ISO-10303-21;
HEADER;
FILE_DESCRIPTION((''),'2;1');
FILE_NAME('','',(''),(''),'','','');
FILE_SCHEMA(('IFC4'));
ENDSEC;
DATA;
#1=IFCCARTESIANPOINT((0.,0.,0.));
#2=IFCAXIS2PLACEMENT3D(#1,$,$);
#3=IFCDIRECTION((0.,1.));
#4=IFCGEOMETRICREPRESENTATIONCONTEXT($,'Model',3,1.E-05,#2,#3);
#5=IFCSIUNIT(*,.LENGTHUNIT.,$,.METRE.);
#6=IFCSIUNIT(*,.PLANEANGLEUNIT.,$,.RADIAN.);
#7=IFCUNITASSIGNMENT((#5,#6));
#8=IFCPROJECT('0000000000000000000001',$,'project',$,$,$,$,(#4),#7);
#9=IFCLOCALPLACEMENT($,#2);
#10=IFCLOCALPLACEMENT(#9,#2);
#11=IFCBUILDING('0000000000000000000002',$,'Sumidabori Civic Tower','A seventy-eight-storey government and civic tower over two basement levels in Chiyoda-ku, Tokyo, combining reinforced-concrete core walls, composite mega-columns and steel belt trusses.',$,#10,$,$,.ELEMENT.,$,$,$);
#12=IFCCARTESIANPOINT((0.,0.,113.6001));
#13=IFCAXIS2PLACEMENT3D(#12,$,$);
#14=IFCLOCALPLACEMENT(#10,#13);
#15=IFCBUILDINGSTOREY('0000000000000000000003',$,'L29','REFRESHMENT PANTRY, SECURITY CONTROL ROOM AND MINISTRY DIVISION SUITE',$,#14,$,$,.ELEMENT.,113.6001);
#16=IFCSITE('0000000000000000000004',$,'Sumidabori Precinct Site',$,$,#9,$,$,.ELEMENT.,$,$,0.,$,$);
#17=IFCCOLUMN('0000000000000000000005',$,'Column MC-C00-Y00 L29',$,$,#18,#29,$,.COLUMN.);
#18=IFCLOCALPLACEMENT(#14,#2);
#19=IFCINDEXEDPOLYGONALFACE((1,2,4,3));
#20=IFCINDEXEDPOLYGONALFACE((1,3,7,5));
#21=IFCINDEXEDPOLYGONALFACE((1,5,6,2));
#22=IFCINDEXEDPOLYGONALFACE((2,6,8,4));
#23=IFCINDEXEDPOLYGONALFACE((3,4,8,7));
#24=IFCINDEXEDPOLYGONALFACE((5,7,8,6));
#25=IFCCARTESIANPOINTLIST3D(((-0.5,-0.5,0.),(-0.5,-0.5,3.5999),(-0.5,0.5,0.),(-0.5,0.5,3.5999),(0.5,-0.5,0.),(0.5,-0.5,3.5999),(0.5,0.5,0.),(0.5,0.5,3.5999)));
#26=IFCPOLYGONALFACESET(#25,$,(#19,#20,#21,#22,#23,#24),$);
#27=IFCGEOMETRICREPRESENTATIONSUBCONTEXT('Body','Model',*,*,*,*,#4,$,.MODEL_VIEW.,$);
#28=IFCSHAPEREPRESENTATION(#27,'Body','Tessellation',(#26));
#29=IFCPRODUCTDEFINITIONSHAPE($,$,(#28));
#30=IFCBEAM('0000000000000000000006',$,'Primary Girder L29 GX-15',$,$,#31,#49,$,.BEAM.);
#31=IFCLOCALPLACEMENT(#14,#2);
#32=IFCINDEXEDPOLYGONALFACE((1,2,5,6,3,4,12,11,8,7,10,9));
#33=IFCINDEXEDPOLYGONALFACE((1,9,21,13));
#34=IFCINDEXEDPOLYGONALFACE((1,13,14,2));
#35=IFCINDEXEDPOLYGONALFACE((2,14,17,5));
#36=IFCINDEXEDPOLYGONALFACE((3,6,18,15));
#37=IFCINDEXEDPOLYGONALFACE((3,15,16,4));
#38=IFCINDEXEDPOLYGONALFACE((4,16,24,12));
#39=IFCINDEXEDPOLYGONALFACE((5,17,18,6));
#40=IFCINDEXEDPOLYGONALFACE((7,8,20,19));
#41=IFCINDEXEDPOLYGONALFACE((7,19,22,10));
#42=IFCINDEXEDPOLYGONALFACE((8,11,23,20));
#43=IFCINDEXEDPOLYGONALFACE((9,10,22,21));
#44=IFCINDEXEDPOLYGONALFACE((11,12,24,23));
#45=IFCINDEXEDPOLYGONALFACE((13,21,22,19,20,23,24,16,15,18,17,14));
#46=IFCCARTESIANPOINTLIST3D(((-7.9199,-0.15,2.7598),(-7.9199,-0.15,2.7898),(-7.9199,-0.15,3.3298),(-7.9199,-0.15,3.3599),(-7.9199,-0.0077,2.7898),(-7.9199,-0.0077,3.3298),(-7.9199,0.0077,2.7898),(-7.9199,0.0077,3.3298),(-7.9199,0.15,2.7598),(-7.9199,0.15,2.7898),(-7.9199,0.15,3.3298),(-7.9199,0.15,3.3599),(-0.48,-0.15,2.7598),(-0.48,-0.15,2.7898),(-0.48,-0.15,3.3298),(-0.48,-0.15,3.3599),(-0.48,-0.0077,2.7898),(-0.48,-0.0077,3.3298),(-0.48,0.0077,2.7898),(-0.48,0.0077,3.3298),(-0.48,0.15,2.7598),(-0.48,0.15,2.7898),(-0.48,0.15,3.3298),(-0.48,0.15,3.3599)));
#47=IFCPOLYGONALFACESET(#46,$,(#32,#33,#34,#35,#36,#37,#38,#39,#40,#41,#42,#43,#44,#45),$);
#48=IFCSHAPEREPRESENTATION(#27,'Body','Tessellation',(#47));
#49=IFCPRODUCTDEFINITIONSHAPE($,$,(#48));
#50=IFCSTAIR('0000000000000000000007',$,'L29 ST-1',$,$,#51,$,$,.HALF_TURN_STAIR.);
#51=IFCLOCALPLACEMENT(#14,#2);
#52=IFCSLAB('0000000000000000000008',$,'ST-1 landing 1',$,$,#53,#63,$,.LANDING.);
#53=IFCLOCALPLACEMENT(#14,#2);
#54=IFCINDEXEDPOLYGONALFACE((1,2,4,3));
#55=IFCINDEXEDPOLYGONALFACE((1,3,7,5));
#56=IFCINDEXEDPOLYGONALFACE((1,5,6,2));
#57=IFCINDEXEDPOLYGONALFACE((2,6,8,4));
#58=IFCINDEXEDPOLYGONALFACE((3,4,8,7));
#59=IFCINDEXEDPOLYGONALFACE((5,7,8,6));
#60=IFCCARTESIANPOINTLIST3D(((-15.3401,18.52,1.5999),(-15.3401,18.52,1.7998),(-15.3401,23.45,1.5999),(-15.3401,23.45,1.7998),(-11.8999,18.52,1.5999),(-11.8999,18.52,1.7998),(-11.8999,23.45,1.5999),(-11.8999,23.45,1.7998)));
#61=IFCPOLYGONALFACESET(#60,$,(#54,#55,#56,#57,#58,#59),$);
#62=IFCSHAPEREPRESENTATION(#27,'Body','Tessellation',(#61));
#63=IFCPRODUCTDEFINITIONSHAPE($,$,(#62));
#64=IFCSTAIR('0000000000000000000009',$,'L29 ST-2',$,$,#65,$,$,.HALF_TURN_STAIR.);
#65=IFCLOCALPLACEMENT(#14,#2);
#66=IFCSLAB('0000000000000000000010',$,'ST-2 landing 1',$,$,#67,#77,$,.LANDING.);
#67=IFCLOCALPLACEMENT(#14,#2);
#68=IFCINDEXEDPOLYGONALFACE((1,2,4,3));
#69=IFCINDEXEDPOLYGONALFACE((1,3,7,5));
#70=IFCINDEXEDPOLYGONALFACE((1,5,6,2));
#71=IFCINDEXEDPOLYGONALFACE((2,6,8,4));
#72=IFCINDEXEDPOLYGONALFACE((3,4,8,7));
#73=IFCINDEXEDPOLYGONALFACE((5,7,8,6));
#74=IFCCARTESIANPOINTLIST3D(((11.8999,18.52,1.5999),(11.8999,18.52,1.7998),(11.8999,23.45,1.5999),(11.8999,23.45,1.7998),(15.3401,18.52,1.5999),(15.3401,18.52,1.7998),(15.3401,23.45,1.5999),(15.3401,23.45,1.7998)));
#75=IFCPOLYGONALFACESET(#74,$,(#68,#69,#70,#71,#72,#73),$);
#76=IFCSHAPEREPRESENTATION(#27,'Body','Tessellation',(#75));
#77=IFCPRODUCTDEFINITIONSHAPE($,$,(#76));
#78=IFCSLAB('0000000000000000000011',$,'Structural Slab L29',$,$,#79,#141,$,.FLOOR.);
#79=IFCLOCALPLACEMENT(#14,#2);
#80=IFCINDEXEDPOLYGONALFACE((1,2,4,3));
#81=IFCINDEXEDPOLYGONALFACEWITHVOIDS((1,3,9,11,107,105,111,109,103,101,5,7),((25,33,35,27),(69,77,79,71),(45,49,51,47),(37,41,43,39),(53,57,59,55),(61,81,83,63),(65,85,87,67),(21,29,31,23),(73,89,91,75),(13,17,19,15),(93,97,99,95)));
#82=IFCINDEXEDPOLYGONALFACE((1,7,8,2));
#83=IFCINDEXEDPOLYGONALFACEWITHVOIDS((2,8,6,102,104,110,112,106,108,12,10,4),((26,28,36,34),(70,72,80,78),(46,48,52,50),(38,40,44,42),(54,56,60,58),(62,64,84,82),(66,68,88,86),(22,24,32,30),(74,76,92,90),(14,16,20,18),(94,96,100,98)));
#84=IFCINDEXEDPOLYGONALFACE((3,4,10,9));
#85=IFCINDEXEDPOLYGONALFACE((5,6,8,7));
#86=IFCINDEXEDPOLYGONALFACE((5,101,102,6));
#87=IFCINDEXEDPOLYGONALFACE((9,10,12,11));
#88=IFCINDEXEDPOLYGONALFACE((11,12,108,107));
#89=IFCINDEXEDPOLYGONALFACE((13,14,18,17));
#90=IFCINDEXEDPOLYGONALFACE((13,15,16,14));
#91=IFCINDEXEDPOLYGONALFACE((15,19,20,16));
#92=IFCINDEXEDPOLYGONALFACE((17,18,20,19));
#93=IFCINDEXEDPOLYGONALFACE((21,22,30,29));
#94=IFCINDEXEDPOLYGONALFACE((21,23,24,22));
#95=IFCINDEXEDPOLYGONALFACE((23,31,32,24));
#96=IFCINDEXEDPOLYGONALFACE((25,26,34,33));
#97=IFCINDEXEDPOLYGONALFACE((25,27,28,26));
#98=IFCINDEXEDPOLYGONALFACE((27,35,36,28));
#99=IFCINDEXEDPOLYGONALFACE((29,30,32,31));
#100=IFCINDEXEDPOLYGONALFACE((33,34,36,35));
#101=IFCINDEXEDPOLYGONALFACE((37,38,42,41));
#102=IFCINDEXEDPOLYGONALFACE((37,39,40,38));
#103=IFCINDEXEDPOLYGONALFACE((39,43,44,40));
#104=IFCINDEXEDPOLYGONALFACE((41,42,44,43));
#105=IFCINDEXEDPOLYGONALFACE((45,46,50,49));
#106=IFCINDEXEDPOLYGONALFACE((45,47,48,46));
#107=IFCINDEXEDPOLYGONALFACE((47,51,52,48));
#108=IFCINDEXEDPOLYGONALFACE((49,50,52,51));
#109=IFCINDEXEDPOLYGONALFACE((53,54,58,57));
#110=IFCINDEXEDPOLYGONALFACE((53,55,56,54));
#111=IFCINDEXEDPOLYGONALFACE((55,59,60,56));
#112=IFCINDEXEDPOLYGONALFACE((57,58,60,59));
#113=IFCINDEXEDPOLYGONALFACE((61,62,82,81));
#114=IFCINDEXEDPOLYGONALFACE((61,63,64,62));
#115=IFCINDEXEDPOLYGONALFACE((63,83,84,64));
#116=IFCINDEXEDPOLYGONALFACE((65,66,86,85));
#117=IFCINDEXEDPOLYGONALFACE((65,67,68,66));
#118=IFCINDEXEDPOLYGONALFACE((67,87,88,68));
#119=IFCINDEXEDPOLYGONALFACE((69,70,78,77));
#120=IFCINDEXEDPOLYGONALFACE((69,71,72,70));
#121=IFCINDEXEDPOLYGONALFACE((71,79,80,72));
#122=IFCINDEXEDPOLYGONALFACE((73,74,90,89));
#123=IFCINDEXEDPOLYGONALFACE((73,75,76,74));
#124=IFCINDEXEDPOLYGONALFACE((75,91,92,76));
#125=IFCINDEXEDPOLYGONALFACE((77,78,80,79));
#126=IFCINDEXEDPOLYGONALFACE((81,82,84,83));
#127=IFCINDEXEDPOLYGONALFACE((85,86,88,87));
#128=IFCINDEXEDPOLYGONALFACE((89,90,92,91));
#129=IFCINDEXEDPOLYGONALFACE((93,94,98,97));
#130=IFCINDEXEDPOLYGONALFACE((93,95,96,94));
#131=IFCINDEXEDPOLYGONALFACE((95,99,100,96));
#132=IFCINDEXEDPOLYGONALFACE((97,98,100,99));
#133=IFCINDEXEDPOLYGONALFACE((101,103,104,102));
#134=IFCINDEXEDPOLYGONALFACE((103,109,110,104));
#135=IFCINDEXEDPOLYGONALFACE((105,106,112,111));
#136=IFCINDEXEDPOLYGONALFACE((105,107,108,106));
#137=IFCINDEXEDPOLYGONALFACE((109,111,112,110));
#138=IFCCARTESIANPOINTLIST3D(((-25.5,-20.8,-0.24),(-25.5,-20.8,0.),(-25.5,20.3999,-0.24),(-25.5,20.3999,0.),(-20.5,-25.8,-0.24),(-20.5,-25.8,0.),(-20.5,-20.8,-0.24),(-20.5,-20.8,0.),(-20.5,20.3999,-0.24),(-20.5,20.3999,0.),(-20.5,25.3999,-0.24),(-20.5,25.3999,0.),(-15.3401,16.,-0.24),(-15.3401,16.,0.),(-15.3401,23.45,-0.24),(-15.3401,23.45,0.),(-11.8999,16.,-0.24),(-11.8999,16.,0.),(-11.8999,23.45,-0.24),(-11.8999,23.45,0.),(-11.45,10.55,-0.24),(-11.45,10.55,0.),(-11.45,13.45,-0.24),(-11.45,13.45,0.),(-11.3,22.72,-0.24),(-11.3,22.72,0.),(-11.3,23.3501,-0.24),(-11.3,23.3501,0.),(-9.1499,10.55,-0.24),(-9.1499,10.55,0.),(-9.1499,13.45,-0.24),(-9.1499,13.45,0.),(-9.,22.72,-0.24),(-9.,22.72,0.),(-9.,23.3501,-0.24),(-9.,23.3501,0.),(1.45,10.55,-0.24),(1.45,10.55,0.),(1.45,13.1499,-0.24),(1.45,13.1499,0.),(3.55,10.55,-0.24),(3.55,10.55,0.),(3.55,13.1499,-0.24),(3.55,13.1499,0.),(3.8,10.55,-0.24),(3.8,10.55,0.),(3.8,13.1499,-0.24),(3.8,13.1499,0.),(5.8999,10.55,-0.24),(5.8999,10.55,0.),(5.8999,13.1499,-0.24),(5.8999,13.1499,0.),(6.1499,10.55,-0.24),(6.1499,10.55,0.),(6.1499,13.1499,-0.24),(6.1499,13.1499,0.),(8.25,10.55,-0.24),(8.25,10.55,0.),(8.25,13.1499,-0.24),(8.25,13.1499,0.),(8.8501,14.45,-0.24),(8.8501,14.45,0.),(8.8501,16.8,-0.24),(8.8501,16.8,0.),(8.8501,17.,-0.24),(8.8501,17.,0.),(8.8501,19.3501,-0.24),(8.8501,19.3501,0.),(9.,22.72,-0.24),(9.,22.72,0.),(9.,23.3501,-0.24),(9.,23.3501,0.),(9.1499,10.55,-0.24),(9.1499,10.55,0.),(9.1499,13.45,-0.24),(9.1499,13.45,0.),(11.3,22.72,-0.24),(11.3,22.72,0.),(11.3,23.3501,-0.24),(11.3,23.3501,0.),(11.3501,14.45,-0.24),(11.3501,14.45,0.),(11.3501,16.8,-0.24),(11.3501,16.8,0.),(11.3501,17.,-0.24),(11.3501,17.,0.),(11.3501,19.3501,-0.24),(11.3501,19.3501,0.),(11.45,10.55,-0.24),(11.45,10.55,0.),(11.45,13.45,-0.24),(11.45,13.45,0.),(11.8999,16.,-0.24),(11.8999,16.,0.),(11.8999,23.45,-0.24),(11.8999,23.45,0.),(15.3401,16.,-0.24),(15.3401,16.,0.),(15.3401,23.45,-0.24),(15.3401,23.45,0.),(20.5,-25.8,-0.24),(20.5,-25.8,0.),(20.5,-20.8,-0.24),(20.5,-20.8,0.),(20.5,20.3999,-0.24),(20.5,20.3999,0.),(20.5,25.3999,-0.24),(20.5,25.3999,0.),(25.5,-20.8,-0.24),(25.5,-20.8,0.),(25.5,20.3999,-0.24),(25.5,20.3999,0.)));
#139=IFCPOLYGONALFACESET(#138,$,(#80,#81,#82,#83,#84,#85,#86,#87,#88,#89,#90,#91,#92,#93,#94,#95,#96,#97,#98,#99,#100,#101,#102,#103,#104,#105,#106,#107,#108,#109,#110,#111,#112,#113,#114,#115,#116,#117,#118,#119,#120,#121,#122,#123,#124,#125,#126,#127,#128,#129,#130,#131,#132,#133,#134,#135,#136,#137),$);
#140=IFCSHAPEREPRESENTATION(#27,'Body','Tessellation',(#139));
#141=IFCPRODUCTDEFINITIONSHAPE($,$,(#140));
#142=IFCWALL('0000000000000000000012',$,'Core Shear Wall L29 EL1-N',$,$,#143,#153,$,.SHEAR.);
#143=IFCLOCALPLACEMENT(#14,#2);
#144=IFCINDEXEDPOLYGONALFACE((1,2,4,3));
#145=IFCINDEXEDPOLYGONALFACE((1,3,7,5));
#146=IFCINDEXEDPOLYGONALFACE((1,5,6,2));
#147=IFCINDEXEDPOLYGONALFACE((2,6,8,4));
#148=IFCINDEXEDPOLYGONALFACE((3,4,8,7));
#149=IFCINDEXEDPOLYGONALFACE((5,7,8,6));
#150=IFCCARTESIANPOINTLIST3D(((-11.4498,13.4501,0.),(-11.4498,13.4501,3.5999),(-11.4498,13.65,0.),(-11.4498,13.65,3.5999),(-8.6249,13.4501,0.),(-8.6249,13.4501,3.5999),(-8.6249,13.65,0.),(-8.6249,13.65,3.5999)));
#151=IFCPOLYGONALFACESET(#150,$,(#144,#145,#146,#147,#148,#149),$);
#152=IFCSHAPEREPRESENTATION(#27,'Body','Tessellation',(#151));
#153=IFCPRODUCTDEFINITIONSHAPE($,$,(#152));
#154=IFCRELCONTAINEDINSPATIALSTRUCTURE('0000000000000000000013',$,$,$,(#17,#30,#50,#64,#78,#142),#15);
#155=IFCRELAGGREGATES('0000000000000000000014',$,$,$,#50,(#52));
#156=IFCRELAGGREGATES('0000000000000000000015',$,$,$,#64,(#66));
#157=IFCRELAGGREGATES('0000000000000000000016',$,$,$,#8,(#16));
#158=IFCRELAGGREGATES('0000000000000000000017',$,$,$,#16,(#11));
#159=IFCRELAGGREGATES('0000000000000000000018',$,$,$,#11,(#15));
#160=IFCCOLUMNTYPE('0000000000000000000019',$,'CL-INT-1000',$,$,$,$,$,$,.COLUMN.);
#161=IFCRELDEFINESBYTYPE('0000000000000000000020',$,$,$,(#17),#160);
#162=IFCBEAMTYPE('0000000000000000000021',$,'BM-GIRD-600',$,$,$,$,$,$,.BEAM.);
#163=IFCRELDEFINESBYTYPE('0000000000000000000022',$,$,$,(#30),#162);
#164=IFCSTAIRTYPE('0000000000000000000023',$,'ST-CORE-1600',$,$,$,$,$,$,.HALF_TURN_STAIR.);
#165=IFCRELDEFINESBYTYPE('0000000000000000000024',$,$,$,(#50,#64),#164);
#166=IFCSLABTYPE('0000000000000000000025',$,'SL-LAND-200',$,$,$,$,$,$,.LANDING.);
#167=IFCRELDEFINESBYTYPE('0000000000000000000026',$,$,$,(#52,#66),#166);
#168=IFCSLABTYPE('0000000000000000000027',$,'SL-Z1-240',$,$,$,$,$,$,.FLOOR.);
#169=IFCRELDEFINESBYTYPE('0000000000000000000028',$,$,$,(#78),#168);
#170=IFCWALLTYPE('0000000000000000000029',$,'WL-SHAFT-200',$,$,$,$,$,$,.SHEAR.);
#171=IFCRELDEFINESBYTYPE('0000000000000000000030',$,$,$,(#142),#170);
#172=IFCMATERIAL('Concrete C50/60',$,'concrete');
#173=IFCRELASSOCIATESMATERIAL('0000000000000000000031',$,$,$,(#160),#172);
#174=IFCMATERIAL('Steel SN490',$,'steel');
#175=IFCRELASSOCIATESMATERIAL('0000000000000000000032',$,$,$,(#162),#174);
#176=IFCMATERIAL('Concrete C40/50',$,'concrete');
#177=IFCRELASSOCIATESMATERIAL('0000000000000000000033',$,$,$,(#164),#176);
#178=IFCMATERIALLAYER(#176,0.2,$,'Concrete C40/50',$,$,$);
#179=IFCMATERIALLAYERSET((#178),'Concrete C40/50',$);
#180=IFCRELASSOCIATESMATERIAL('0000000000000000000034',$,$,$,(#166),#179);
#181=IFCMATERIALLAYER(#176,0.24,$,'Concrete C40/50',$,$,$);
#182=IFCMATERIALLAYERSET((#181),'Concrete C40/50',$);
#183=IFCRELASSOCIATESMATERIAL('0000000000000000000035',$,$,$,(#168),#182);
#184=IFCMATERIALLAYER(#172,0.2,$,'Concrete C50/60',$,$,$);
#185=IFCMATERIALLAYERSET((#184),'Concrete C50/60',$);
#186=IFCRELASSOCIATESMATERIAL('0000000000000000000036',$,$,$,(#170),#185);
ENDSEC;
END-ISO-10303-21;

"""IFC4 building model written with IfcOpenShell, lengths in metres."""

from ifc_helpers import new_model, si_unit, direction, frame, frame_2d, origin, origin_with_axes, origin_2d, place, context, subcontext, project, spatial, polyline, rectangle, i_section, outline, extrude, source, transform, mapped, material, layer, layer_set, material_profile, profile_set, type_object, element, aggregate, save


model = new_model("IFC4")

# Units and contexts
model_context = context("Model", 3, precision=1e-05, world=origin(), true_north=direction((0.0, 1.0)))
body_context = subcontext(model_context, "Body", "Model", "MODEL_VIEW")
ifc_project = project(units=[si_unit("LENGTHUNIT", "METRE"), si_unit("PLANEANGLEUNIT", "RADIAN")], contexts=[model_context])

# Site, building, storey
site_placement = place(None, origin())
site = spatial("IfcSite", under=ifc_project, at=site_placement, Name="Sumidabori Precinct Site", CompositionType="ELEMENT", RefElevation=0.0)
building_placement = place(site_placement, origin())
building = spatial("IfcBuilding", under=site, at=building_placement, Name="Sumidabori Civic Tower", Description="A seventy-eight-storey government and civic tower over two basement levels in Chiyoda-ku, Tokyo, combining reinforced-concrete core walls, composite mega-columns and steel belt trusses.", CompositionType="ELEMENT")
storey_placement = place(building_placement, frame((0.0, 0.0, 113.6001)))
storey = spatial("IfcBuildingStorey", under=building, at=storey_placement, Name="L29", Description="REFRESHMENT PANTRY, SECURITY CONTROL ROOM AND MINISTRY DIVISION SUITE", CompositionType="ELEMENT", Elevation=113.6001)

# Column
ifc_material_1 = material(Name="Concrete C50/60", Category="concrete")
ifc_material_profile_1 = material_profile(ifc_material_1, rectangle(XDim=1.0, YDim=1.0, at=origin_2d()), Name="RC 1000x1000")
ifc_profile_set_1 = profile_set([ifc_material_profile_1], Name="Concrete C50/60")
column_type = type_object("IfcColumnType", Name="CL-INT-1000", PredefinedType="COLUMN", material=ifc_profile_set_1)
shared_shape_1 = source(origin(), body_context, "Body", "SweptSolid", [
    extrude(rectangle(XDim=1.0, YDim=1.0, at=origin_2d()), origin(), (0.0, 0.0, 1.0), 3.5999),
])
column_placement = place(storey_placement, origin_with_axes())
element("IfcColumn", 1, at=column_placement, inside=storey, type_object=column_type, Name="Column MC-C00-Y00 L29", PredefinedType="COLUMN", context=body_context, shape_type="MappedRepresentation", body=[
    mapped(shared_shape_1, transform((0.0, 0.0, 0.0), x_axis=(1.0, 0.0, 0.0), y_axis=(0.0, 1.0, 0.0), z_axis=(0.0, 0.0, 1.0), scale=1.0)),
])

# Beam
ifc_material_2 = material(Name="Steel SN490", Category="steel")
ifc_material_profile_2 = material_profile(ifc_material_2, i_section(OverallWidth=0.3, OverallDepth=0.6001, WebThickness=0.0154, FlangeThickness=0.03, at=origin_2d()), Name="HE 600 B")
ifc_profile_set_2 = profile_set([ifc_material_profile_2], Name="Steel SN490")
beam_type = type_object("IfcBeamType", Name="BM-GIRD-600", PredefinedType="BEAM", material=ifc_profile_set_2)
shared_shape_2 = source(origin(), body_context, "Body", "SweptSolid", [
    extrude(i_section(OverallWidth=0.3, OverallDepth=0.6001, WebThickness=0.0154, FlangeThickness=0.03, at=origin_2d()), origin(), (0.0, 0.0, 1.0), 7.4399),
])
beam_placement = place(storey_placement, frame((-7.9199, 0.0, 3.0598), z_axis=(1.0, 0.0, 0.0), x_axis=(0.0, 1.0, 0.0)))
element("IfcBeam", 2, at=beam_placement, inside=storey, type_object=beam_type, Name="Primary Girder L29 GX-15", PredefinedType="BEAM", context=body_context, shape_type="MappedRepresentation", body=[
    mapped(shared_shape_2, transform((0.0, 0.0, 0.0), x_axis=(1.0, 0.0, 0.0), y_axis=(0.0, 1.0, 0.0), z_axis=(0.0, 0.0, 1.0), scale=1.0)),
])

# Stairs, slabs
ifc_material_3 = material(Name="Concrete C40/50", Category="concrete")
stair_type = type_object("IfcStairType", Name="ST-CORE-1600", PredefinedType="HALF_TURN_STAIR", material=ifc_material_3)
stair_1_placement = place(storey_placement, origin())
stair_1 = element("IfcStair", 3, at=stair_1_placement, inside=storey, type_object=stair_type, Name="L29 ST-1", PredefinedType="HALF_TURN_STAIR")
ifc_layer_1 = layer(ifc_material_3, 0.2, Name="Concrete C40/50")
ifc_layer_set_1 = layer_set([ifc_layer_1], Name="Concrete C40/50")
slab_type_1 = type_object("IfcSlabType", Name="SL-LAND-200", PredefinedType="LANDING", material=ifc_layer_set_1)
slab_1_placement = place(storey_placement, frame((0.0, 0.0, 1.5999)))
slab_1 = element("IfcSlab", 4, at=slab_1_placement, type_object=slab_type_1, Name="ST-1 landing 1", PredefinedType="LANDING", context=body_context, shape_type="SweptSolid", body=[
    extrude(outline(polyline([(-11.8999, 18.52), (-11.8999, 23.45), (-15.3401, 23.45), (-15.3401, 18.52), (-11.8999, 18.52)])), origin(), (0.0, 0.0, 1.0), 0.2),
])
aggregate(stair_1, [slab_1])
stair_2_placement = place(storey_placement, origin())
stair_2 = element("IfcStair", 5, at=stair_2_placement, inside=storey, type_object=stair_type, Name="L29 ST-2", PredefinedType="HALF_TURN_STAIR")
slab_2_placement = place(storey_placement, frame((0.0, 0.0, 1.5999)))
slab_2 = element("IfcSlab", 6, at=slab_2_placement, type_object=slab_type_1, Name="ST-2 landing 1", PredefinedType="LANDING", context=body_context, shape_type="SweptSolid", body=[
    extrude(outline(polyline([(15.3401, 18.52), (15.3401, 23.45), (11.8999, 23.45), (11.8999, 18.52), (15.3401, 18.52)])), origin(), (0.0, 0.0, 1.0), 0.2),
])
aggregate(stair_2, [slab_2])

# Slab
ifc_layer_2 = layer(ifc_material_3, 0.24, Name="Concrete C40/50")
ifc_layer_set_2 = layer_set([ifc_layer_2], Name="Concrete C40/50")
slab_type_2 = type_object("IfcSlabType", Name="SL-Z1-240", PredefinedType="FLOOR", material=ifc_layer_set_2)
slab_3_placement = place(storey_placement, frame((0.0, 0.0, -0.24)))
element("IfcSlab", 7, at=slab_3_placement, inside=storey, type_object=slab_type_2, Name="Structural Slab L29", PredefinedType="FLOOR", context=body_context, shape_type="SweptSolid", body=[
    extrude(outline(polyline([(-20.5, -25.8), (20.5, -25.8), (20.5, -20.8), (25.5, -20.8), (25.5, 20.3999), (20.5, 20.3999), (20.5, 25.3999), (-20.5, 25.3999), (-20.5, 20.3999), (-25.5, 20.3999), (-25.5, -20.8), (-20.5, -20.8), (-20.5, -25.8)]), holes=[polyline([(-11.8999, 16.0), (-11.8999, 23.45), (-15.3401, 23.45), (-15.3401, 16.0), (-11.8999, 16.0)]), polyline([(15.3401, 16.0), (15.3401, 23.45), (11.8999, 23.45), (11.8999, 16.0), (15.3401, 16.0)]), polyline([(-11.45, 10.55), (-9.1499, 10.55), (-9.1499, 13.45), (-11.45, 13.45), (-11.45, 10.55)]), polyline([(9.1499, 10.55), (11.45, 10.55), (11.45, 13.45), (9.1499, 13.45), (9.1499, 10.55)]), polyline([(1.45, 10.55), (3.55, 10.55), (3.55, 13.1499), (1.45, 13.1499), (1.45, 10.55)]), polyline([(3.8, 10.55), (5.8999, 10.55), (5.8999, 13.1499), (3.8, 13.1499), (3.8, 10.55)]), polyline([(6.1499, 10.55), (8.25, 10.55), (8.25, 13.1499), (6.1499, 13.1499), (6.1499, 10.55)]), polyline([(8.8501, 14.45), (11.3501, 14.45), (11.3501, 16.8), (8.8501, 16.8), (8.8501, 14.45)]), polyline([(8.8501, 17.0), (11.3501, 17.0), (11.3501, 19.3501), (8.8501, 19.3501), (8.8501, 17.0)]), polyline([(-11.3, 22.72), (-9.0, 22.72), (-9.0, 23.3501), (-11.3, 23.3501), (-11.3, 22.72)]), polyline([(9.0, 22.72), (11.3, 22.72), (11.3, 23.3501), (9.0, 23.3501), (9.0, 22.72)])]), origin(), (0.0, 0.0, 1.0), 0.24),
])

# Wall
ifc_layer_3 = layer(ifc_material_1, 0.2, Name="Concrete C50/60")
ifc_layer_set_3 = layer_set([ifc_layer_3], Name="Concrete C50/60")
wall_type_1 = type_object("IfcWallType", Name="WL-SHAFT-200", PredefinedType="SHEAR", material=ifc_layer_set_3)
shared_shape_3 = source(origin(), body_context, "Body", "SweptSolid", [
    extrude(rectangle(XDim=2.825, YDim=0.2, at=frame_2d((1.4126, 0.0))), origin(), (0.0, 0.0, 1.0), 3.5999),
])
wall_1_placement = place(storey_placement, frame((-11.45, 13.55, 0.0), z_axis=(0.0, 0.0, 1.0), x_axis=(1.0, 0.0, 0.0)))
element("IfcWall", 8, at=wall_1_placement, inside=storey, type_object=wall_type_1, Name="Core Shear Wall L29 EL1-N", PredefinedType="SHEAR", context=body_context, shape_type="MappedRepresentation", body=[
    mapped(shared_shape_3, transform((0.0, 0.0, 0.0), x_axis=(1.0, 0.0, 0.0), y_axis=(0.0, 1.0, 0.0), z_axis=(0.0, 0.0, 1.0), scale=1.0)),
])

save(model, "model.ifc")
